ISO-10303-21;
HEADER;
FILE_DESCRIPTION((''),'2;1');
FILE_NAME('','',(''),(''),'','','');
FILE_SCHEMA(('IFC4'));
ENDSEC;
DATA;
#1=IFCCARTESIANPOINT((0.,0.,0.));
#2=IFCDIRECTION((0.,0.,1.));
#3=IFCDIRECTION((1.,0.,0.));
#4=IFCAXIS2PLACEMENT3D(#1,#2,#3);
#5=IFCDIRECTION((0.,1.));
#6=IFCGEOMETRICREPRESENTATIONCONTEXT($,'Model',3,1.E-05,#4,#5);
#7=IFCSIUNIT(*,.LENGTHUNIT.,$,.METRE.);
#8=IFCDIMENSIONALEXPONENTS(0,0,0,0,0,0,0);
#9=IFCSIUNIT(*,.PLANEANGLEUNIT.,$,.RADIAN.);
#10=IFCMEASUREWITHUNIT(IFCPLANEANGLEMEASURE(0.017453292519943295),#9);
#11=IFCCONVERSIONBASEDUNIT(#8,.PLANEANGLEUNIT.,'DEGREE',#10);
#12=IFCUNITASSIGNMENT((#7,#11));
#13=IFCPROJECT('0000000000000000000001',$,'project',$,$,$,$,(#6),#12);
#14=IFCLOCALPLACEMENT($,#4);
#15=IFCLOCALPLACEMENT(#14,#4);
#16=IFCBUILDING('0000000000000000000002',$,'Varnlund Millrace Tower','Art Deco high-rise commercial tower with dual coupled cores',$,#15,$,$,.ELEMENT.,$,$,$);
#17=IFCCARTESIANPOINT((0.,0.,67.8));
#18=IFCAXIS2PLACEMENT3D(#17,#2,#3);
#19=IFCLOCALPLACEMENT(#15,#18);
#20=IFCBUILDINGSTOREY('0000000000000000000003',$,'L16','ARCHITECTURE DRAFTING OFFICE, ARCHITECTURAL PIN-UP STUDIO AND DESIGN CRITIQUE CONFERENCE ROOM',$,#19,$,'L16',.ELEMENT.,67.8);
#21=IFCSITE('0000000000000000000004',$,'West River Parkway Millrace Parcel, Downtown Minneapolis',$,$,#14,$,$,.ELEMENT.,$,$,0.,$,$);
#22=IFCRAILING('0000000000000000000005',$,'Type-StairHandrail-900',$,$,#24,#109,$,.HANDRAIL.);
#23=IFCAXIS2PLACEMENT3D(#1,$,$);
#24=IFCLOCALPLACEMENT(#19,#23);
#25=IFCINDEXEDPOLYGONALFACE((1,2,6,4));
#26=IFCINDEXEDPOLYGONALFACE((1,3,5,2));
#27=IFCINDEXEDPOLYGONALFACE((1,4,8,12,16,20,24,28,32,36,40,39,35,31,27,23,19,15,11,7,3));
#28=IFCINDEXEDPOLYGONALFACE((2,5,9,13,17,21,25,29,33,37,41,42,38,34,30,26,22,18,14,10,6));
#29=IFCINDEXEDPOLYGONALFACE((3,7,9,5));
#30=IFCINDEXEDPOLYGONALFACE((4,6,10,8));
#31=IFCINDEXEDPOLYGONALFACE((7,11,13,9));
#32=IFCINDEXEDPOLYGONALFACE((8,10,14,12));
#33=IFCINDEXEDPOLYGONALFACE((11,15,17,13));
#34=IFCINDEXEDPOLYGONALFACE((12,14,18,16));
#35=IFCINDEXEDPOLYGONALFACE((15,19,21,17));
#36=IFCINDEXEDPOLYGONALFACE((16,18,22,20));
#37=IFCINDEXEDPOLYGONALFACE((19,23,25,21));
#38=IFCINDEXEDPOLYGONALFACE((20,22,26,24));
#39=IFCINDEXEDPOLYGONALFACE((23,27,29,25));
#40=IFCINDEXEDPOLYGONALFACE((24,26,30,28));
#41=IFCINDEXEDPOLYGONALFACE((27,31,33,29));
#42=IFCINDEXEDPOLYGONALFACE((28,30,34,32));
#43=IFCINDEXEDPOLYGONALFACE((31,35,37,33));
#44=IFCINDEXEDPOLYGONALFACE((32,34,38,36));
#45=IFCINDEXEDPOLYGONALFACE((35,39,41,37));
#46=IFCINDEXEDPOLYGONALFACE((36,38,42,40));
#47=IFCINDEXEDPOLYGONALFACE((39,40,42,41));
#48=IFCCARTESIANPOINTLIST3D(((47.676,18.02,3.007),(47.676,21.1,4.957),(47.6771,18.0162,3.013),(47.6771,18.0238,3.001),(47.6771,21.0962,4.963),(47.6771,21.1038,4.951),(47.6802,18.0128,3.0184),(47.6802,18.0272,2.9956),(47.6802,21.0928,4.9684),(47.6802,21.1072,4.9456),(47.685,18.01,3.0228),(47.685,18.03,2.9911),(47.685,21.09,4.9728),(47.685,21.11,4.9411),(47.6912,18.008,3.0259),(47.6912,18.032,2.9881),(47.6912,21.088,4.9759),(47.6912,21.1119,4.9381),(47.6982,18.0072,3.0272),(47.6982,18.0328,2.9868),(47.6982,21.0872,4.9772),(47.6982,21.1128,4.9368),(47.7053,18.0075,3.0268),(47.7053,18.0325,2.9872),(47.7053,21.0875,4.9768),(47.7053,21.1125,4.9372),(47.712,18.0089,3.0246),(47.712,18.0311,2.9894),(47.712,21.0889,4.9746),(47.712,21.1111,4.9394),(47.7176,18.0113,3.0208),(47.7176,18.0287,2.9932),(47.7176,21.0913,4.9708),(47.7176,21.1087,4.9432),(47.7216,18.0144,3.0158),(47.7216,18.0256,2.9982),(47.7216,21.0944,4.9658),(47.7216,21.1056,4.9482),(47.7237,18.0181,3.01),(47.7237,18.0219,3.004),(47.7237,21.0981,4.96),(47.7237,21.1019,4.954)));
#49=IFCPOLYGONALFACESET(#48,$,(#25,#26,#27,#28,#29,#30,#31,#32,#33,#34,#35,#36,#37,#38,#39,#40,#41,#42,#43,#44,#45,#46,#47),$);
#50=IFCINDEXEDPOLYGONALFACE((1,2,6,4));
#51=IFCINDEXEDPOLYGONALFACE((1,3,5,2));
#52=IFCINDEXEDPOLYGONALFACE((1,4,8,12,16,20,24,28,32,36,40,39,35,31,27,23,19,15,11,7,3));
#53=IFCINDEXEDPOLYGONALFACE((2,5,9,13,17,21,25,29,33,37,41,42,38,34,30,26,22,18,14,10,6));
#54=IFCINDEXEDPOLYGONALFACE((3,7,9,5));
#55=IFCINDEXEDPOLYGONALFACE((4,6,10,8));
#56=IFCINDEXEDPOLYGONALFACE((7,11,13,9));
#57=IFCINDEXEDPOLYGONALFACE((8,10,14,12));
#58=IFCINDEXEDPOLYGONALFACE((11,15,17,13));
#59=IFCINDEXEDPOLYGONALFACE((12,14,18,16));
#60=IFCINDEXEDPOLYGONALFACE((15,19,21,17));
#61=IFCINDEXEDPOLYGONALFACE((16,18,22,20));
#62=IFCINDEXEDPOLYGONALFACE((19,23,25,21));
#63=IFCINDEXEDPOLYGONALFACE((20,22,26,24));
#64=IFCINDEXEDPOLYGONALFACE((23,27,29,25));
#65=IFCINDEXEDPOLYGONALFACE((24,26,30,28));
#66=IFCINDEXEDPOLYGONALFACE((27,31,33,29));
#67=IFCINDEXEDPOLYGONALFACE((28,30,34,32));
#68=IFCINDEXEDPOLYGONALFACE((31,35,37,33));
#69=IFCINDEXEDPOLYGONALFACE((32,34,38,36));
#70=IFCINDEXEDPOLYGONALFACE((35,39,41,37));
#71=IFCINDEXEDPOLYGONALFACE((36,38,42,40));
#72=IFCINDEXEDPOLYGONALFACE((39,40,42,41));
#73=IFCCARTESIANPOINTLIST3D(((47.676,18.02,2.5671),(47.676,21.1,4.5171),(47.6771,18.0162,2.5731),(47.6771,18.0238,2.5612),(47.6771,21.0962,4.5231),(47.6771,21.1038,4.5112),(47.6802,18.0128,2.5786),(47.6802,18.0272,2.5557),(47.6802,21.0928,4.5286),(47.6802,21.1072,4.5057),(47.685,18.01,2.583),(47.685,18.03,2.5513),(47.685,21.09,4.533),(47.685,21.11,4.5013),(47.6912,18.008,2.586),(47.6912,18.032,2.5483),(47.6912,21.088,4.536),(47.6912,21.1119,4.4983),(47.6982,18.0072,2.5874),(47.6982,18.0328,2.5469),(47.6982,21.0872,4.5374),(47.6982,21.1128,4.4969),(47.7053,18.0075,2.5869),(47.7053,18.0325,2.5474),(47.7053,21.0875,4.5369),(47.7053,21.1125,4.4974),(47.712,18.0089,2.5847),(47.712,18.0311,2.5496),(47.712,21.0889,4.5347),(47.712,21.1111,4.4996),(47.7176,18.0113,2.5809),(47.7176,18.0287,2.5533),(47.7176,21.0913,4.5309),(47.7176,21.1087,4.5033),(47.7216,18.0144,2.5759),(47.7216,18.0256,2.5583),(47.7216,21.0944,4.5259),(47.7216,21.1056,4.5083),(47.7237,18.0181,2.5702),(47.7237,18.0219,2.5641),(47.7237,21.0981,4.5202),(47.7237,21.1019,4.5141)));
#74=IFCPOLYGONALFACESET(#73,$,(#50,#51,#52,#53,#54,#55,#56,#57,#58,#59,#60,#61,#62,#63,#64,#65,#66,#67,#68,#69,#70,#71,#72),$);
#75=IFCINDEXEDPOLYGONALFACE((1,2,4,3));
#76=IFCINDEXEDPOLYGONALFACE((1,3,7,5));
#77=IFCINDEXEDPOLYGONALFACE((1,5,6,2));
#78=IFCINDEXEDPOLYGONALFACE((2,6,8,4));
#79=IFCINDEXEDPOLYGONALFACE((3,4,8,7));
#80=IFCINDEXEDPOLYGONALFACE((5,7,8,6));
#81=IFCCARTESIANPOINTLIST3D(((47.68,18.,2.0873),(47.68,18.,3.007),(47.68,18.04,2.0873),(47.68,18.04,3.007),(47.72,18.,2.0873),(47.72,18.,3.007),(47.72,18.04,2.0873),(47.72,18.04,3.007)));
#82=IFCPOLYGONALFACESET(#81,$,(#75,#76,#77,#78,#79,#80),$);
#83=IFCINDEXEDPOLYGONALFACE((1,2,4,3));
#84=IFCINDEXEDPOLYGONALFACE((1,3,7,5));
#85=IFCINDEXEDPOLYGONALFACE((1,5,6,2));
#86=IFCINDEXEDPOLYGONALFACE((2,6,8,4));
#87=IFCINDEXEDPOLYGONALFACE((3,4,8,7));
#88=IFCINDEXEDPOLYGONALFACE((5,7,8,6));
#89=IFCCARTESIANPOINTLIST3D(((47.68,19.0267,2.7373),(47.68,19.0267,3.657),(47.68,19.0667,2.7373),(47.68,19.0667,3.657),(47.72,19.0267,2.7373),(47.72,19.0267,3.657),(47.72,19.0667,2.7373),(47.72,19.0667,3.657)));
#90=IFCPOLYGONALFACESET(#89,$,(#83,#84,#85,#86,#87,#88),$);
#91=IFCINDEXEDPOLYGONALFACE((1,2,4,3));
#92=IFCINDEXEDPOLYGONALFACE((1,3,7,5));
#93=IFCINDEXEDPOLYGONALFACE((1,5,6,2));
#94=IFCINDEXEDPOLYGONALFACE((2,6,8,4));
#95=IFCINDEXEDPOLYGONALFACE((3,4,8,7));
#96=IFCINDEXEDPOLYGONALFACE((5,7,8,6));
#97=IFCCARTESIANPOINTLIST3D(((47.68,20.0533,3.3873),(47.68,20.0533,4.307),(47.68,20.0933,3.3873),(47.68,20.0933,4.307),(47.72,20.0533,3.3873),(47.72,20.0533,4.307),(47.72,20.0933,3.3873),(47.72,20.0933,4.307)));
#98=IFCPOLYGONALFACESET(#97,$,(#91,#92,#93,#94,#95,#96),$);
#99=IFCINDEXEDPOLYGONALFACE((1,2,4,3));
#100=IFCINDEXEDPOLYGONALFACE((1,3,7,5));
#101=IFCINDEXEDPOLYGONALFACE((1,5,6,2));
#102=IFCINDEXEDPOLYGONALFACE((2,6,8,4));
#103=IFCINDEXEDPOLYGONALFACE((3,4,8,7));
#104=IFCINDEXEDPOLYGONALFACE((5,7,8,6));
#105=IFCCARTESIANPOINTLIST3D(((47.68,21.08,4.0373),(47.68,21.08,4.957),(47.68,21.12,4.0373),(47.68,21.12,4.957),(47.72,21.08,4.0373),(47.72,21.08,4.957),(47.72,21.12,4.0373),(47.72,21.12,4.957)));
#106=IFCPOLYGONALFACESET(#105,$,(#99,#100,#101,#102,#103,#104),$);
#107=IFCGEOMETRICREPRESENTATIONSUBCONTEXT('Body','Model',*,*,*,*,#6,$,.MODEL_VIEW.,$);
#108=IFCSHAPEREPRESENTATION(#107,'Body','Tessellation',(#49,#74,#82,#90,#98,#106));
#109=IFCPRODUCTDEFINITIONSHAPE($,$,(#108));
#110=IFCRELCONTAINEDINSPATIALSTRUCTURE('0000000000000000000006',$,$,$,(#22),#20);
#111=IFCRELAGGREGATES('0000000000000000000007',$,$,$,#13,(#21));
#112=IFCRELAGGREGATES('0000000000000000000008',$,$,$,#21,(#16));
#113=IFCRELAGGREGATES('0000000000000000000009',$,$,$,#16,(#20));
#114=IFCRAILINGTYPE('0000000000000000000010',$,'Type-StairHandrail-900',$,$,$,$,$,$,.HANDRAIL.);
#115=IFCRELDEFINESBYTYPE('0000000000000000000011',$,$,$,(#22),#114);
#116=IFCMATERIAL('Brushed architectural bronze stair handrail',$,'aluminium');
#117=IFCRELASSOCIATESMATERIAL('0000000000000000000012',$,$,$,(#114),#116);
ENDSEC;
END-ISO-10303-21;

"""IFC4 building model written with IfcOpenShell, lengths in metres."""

from ifc_helpers import new_model, entity, si_unit, converted_unit, direction, frame, origin_with_axes, origin_2d_with_axis, place, context, subcontext, project, spatial, rectangle, circle, extrude, material, type_object, element, save


model = new_model("IFC4")

# Units and contexts
model_context = context("Model", 3, precision=1e-05, world=origin_with_axes(), true_north=direction((0.0, 1.0)))
body_context = subcontext(model_context, "Body", "Model", "MODEL_VIEW")
ifc_project = project(units=[si_unit("LENGTHUNIT", "METRE"), converted_unit("PLANEANGLEUNIT", "DEGREE", entity("IfcPlaneAngleMeasure", 0.017453292519943295), si_unit("PLANEANGLEUNIT", "RADIAN"), dimensions=[0, 0, 0, 0, 0, 0, 0])], contexts=[model_context])

# Site, building, storey
site_placement = place(None, origin_with_axes())
site = spatial("IfcSite", under=ifc_project, at=site_placement, Name="West River Parkway Millrace Parcel, Downtown Minneapolis", CompositionType="ELEMENT", RefElevation=0.0)
building_placement = place(site_placement, origin_with_axes())
building = spatial("IfcBuilding", under=site, at=building_placement, Name="Varnlund Millrace Tower", Description="Art Deco high-rise commercial tower with dual coupled cores", CompositionType="ELEMENT")
storey_placement = place(building_placement, frame((0.0, 0.0, 67.8), z_axis=(0.0, 0.0, 1.0), x_axis=(1.0, 0.0, 0.0)))
storey = spatial("IfcBuildingStorey", under=building, at=storey_placement, Name="L16", Description="ARCHITECTURE DRAFTING OFFICE, ARCHITECTURAL PIN-UP STUDIO AND DESIGN CRITIQUE CONFERENCE ROOM", LongName="L16", CompositionType="ELEMENT", Elevation=67.8)

# Railing
ifc_material_1 = material(Name="Brushed architectural bronze stair handrail", Category="aluminium")
railing_type_1 = type_object("IfcRailingType", Name="Type-StairHandrail-900", PredefinedType="HANDRAIL", material=ifc_material_1)
railing_1_placement = place(storey_placement, frame((0.0, 0.0, -67.8), z_axis=(0.0, 0.0, 1.0), x_axis=(1.0, 0.0, 0.0)))
element("IfcRailing", 1, at=railing_1_placement, inside=storey, type_object=railing_type_1, Name="Type-StairHandrail-900", PredefinedType="HANDRAIL", context=body_context, shape_type="SweptSolid", body=[
    extrude(circle(Radius=0.024, at=origin_2d_with_axis()), frame((47.7, 18.02, 70.807), z_axis=(0.0, 0.844902, 0.534922), x_axis=(-1.0, 0.0, 0.0)), (0.0, 0.0, 1.0), 3.6454),
    extrude(circle(Radius=0.024, at=origin_2d_with_axis()), frame((47.7, 18.02, 70.3671), z_axis=(0.0, 0.844902, 0.534922), x_axis=(-1.0, 0.0, 0.0)), (0.0, 0.0, 1.0), 3.6454),
    extrude(rectangle(XDim=0.04, YDim=0.04, at=origin_2d_with_axis()), frame((47.7, 18.02, 69.8873), z_axis=(0.0, 0.0, 1.0), x_axis=(1.0, 0.0, 0.0)), (0.0, 0.0, 1.0), 0.9197),
    extrude(rectangle(XDim=0.04, YDim=0.04, at=origin_2d_with_axis()), frame((47.7, 19.0467, 70.5373), z_axis=(0.0, 0.0, 1.0), x_axis=(1.0, 0.0, 0.0)), (0.0, 0.0, 1.0), 0.9197),
    extrude(rectangle(XDim=0.04, YDim=0.04, at=origin_2d_with_axis()), frame((47.7, 20.0733, 71.1873), z_axis=(0.0, 0.0, 1.0), x_axis=(1.0, 0.0, 0.0)), (0.0, 0.0, 1.0), 0.9197),
    extrude(rectangle(XDim=0.04, YDim=0.04, at=origin_2d_with_axis()), frame((47.7, 21.1, 71.8373), z_axis=(0.0, 0.0, 1.0), x_axis=(1.0, 0.0, 0.0)), (0.0, 0.0, 1.0), 0.9197),
])

save(model, "model.ifc")
